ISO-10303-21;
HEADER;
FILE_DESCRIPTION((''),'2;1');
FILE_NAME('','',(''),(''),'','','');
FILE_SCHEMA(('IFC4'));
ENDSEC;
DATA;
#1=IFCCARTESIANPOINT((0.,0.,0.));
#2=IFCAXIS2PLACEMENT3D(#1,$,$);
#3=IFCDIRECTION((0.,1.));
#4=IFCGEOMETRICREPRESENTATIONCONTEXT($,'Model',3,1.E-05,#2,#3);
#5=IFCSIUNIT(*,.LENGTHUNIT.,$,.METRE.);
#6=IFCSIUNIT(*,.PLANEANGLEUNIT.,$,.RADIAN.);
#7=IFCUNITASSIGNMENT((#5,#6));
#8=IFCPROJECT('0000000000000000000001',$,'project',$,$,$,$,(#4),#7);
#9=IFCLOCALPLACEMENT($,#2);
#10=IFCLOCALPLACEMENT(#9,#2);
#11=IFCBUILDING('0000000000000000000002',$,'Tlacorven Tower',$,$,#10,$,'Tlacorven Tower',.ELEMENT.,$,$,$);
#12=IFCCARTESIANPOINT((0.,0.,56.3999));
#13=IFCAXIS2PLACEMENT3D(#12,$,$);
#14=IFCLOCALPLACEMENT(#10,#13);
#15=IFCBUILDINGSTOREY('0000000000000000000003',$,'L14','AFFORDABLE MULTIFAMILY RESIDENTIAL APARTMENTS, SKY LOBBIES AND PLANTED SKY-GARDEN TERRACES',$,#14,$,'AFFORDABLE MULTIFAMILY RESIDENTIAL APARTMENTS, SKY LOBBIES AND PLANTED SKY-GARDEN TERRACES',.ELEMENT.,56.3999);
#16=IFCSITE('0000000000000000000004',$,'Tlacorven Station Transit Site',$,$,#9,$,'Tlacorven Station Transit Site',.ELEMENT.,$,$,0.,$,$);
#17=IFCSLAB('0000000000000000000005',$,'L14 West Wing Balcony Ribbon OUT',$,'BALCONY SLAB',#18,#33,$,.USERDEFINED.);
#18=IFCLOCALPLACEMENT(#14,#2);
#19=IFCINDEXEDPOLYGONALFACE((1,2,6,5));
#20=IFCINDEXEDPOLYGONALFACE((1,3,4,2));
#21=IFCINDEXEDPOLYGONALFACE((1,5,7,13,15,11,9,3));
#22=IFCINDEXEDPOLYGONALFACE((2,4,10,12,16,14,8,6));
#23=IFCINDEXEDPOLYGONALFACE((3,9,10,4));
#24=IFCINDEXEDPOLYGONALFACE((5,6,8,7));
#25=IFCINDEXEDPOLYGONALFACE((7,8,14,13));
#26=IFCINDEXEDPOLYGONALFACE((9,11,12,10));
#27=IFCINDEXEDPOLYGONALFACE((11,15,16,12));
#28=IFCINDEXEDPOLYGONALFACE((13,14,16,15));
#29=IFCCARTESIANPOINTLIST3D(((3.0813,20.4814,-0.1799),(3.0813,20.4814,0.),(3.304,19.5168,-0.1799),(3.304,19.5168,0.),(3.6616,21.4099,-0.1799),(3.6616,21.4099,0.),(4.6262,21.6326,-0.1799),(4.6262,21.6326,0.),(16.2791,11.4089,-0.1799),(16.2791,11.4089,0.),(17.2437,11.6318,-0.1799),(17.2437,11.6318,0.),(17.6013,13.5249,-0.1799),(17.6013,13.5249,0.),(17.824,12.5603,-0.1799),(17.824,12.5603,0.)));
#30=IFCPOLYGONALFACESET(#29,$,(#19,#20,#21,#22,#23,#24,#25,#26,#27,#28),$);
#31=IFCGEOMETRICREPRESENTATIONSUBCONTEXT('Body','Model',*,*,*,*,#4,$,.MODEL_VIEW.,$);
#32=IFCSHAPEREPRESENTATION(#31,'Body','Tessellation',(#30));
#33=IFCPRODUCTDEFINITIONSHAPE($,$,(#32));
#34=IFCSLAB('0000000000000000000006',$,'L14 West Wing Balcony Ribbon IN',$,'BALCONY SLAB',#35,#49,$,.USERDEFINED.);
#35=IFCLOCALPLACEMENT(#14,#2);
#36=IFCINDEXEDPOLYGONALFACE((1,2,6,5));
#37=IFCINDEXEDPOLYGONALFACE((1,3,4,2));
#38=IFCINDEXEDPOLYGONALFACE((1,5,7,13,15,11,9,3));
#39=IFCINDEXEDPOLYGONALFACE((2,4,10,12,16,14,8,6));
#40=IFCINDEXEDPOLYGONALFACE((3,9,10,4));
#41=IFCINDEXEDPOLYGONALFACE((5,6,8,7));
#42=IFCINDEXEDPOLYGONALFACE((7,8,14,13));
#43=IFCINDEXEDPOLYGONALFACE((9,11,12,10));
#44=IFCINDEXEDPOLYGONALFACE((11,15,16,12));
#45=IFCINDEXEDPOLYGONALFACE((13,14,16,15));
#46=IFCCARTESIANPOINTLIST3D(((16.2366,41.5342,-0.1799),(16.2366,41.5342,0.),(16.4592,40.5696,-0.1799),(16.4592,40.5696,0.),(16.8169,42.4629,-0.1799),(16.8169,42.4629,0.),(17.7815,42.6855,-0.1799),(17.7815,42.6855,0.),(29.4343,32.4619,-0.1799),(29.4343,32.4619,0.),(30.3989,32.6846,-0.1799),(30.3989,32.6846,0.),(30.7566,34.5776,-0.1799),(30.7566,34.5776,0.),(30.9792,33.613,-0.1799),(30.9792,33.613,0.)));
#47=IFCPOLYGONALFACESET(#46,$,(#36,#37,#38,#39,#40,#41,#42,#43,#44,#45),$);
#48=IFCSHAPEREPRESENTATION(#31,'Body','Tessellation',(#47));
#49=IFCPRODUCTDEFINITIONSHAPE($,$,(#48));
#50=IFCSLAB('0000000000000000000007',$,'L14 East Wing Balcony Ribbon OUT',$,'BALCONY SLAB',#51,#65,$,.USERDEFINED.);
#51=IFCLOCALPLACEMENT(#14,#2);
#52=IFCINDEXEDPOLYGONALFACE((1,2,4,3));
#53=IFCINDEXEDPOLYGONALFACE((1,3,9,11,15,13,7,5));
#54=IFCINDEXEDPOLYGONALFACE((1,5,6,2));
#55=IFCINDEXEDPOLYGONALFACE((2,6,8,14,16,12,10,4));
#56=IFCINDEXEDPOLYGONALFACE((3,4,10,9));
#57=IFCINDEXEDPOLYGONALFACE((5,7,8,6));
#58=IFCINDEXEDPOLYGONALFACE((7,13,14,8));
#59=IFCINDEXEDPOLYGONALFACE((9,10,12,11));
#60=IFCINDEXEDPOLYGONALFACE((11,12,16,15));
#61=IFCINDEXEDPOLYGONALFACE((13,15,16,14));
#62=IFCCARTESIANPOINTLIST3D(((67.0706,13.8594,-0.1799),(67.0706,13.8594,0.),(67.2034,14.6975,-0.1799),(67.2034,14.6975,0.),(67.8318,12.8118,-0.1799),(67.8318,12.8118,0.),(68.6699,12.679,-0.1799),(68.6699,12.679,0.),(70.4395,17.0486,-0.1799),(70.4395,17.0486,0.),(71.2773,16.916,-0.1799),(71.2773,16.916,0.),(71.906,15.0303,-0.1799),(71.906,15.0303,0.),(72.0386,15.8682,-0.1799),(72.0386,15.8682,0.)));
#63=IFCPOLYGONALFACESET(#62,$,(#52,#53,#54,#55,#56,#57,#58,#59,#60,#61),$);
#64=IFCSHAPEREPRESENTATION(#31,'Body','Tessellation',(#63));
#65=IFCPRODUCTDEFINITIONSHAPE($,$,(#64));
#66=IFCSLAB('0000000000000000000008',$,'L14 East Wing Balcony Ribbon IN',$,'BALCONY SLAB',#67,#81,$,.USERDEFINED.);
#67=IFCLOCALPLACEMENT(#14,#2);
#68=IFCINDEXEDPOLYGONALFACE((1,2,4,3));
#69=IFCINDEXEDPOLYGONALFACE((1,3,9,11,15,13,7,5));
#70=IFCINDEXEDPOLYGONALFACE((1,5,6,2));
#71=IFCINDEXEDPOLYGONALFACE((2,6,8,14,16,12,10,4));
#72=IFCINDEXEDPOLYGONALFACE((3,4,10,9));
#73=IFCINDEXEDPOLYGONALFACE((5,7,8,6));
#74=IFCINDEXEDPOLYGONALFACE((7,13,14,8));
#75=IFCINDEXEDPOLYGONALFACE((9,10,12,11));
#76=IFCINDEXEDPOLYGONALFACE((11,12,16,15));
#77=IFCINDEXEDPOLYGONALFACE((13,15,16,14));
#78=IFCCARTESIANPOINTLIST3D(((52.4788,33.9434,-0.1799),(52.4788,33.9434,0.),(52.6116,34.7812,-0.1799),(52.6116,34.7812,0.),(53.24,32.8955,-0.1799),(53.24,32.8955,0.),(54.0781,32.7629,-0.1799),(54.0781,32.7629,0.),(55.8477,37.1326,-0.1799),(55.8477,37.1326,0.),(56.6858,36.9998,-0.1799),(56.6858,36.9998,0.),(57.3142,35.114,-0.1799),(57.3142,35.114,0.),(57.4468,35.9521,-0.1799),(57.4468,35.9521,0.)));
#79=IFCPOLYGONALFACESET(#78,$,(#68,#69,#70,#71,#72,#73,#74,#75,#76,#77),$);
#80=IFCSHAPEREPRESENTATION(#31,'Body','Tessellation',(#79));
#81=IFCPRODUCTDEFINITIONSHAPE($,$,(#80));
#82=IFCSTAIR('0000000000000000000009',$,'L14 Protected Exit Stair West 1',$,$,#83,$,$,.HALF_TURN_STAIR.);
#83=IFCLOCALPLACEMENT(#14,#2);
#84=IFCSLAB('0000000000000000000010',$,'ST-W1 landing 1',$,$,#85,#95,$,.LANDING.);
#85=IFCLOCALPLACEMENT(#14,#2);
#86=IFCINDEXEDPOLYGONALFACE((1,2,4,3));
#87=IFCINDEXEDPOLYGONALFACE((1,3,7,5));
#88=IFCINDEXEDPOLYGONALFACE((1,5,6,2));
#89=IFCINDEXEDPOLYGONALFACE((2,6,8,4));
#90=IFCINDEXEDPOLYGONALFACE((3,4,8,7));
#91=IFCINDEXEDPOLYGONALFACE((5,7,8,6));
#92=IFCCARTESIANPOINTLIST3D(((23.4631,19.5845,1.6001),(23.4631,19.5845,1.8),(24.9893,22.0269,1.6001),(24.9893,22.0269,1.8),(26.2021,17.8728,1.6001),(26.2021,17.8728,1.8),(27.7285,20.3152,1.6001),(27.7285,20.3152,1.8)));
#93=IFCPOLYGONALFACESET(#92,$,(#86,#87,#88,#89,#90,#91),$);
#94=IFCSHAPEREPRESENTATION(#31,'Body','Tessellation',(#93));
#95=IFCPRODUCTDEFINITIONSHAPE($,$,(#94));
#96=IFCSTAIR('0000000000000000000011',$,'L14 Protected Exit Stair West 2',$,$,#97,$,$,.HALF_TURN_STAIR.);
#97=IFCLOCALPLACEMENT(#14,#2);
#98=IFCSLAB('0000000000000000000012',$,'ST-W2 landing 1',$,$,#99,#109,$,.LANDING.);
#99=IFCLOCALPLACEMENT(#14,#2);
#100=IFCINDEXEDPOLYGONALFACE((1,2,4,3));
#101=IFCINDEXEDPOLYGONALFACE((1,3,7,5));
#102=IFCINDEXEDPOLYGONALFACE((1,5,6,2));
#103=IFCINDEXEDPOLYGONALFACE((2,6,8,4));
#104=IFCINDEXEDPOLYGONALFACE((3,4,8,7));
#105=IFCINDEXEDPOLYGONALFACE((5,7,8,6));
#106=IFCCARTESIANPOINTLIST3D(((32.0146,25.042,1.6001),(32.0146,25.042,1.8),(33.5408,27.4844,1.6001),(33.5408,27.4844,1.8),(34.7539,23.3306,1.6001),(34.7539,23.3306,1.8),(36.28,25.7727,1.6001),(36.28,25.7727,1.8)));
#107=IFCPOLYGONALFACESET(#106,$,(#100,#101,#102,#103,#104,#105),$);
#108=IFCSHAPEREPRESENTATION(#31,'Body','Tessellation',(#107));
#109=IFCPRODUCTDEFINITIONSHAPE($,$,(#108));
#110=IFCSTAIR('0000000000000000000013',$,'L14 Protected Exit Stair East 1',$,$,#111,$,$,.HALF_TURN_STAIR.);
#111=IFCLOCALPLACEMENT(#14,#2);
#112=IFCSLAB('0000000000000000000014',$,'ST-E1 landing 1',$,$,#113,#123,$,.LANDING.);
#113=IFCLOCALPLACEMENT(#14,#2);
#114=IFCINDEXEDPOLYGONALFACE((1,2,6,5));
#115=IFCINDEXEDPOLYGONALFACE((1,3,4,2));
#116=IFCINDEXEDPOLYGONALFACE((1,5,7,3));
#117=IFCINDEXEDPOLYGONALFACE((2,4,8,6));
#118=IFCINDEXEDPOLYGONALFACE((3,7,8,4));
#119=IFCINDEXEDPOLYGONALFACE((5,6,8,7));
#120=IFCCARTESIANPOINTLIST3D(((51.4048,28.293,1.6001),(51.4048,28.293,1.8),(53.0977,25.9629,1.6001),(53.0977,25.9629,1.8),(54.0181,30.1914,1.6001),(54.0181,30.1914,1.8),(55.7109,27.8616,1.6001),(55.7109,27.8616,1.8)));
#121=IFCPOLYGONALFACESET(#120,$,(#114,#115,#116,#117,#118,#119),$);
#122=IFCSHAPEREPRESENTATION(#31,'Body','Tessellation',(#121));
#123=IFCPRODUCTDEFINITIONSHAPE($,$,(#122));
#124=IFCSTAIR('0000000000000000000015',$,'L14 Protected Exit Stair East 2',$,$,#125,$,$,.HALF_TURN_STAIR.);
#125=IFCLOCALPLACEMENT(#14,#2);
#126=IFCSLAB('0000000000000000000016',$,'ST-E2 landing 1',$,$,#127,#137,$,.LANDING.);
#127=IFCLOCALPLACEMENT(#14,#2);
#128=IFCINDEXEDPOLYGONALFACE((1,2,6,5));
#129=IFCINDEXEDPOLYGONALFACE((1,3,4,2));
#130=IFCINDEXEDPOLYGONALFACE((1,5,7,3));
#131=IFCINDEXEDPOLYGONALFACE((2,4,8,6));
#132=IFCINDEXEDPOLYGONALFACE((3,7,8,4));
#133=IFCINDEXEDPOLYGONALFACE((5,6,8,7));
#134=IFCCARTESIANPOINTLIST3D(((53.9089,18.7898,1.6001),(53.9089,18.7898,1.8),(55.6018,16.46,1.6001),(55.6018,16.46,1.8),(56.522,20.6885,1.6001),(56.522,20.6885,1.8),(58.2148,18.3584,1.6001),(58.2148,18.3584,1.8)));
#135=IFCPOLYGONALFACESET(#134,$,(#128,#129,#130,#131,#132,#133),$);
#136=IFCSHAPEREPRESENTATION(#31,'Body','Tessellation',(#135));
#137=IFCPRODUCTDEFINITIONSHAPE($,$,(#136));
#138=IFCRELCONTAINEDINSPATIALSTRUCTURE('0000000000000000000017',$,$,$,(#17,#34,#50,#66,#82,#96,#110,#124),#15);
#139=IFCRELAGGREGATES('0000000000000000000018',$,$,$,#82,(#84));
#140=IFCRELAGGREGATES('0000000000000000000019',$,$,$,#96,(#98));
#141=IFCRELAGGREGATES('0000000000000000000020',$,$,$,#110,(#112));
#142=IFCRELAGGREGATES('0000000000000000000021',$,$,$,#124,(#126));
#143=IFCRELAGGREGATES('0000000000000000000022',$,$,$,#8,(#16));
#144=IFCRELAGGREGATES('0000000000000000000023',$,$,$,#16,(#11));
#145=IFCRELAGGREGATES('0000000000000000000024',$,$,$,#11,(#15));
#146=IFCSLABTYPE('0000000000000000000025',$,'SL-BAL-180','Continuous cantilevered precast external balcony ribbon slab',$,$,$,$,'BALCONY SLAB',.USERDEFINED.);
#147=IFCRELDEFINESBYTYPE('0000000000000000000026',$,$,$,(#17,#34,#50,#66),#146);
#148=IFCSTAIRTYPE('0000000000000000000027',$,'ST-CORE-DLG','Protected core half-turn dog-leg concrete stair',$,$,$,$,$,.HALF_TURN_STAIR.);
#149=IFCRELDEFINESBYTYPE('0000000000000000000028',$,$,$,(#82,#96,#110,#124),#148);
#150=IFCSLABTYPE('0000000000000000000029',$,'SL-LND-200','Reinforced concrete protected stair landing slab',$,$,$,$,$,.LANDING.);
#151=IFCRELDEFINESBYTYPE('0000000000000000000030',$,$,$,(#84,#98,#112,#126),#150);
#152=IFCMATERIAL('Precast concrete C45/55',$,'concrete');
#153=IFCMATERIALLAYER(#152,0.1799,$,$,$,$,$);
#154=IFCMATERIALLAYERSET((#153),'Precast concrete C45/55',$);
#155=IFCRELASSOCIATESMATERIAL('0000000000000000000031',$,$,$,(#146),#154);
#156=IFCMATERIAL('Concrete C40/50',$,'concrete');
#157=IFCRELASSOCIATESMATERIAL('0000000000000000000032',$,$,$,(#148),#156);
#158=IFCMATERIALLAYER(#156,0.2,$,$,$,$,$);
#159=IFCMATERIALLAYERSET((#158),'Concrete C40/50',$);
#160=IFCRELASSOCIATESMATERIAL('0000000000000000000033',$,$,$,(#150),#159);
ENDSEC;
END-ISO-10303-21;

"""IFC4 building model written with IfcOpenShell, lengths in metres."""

from ifc_helpers import new_model, si_unit, direction, frame, origin, place, context, subcontext, project, spatial, polyline, outline, extrude, material, layer, layer_set, type_object, element, aggregate, save


model = new_model("IFC4")

# Units and contexts
model_context = context("Model", 3, precision=1e-05, world=origin(), true_north=direction((0.0, 1.0)))
body_context = subcontext(model_context, "Body", "Model", "MODEL_VIEW")
ifc_project = project(units=[si_unit("LENGTHUNIT", "METRE"), si_unit("PLANEANGLEUNIT", "RADIAN")], contexts=[model_context])

# Site, building, storey
site_placement = place(None, origin())
site = spatial("IfcSite", under=ifc_project, at=site_placement, Name="Tlacorven Station Transit Site", LongName="Tlacorven Station Transit Site", CompositionType="ELEMENT", RefElevation=0.0)
building_placement = place(site_placement, origin())
building = spatial("IfcBuilding", under=site, at=building_placement, Name="Tlacorven Tower", LongName="Tlacorven Tower", CompositionType="ELEMENT")
storey_placement = place(building_placement, frame((0.0, 0.0, 56.3999)))
storey = spatial("IfcBuildingStorey", under=building, at=storey_placement, Name="L14", Description="AFFORDABLE MULTIFAMILY RESIDENTIAL APARTMENTS, SKY LOBBIES AND PLANTED SKY-GARDEN TERRACES", LongName="AFFORDABLE MULTIFAMILY RESIDENTIAL APARTMENTS, SKY LOBBIES AND PLANTED SKY-GARDEN TERRACES", CompositionType="ELEMENT", Elevation=56.3999)

# Slabs
ifc_material_1 = material(Name="Precast concrete C45/55", Category="concrete")
ifc_layer_1 = layer(ifc_material_1, 0.1799)
ifc_layer_set_1 = layer_set([ifc_layer_1], Name="Precast concrete C45/55")
slab_type_1 = type_object("IfcSlabType", Name="SL-BAL-180", Description="Continuous cantilevered precast external balcony ribbon slab", ElementType="BALCONY SLAB", PredefinedType="USERDEFINED", material=ifc_layer_set_1)
slab_1_placement = place(storey_placement, frame((0.0, 0.0, -0.1799)))
element("IfcSlab", 1, at=slab_1_placement, inside=storey, type_object=slab_type_1, Name="L14 West Wing Balcony Ribbon OUT", ObjectType="BALCONY SLAB", PredefinedType="USERDEFINED", context=body_context, shape_type="SweptSolid", body=[
    extrude(outline(polyline([(17.6013, 13.5249), (4.6262, 21.6326), (3.6616, 21.4099), (3.0813, 20.4814), (3.304, 19.5168), (16.2791, 11.4089), (17.2437, 11.6318), (17.824, 12.5603), (17.6013, 13.5249)])), origin(), (0.0, 0.0, 1.0), 0.1799),
])
slab_2_placement = place(storey_placement, frame((0.0, 0.0, -0.1799)))
element("IfcSlab", 2, at=slab_2_placement, inside=storey, type_object=slab_type_1, Name="L14 West Wing Balcony Ribbon IN", ObjectType="BALCONY SLAB", PredefinedType="USERDEFINED", context=body_context, shape_type="SweptSolid", body=[
    extrude(outline(polyline([(30.7566, 34.5776), (17.7815, 42.6855), (16.8169, 42.4629), (16.2366, 41.5342), (16.4592, 40.5696), (29.4343, 32.4619), (30.3989, 32.6846), (30.9792, 33.613), (30.7566, 34.5776)])), origin(), (0.0, 0.0, 1.0), 0.1799),
])
slab_3_placement = place(storey_placement, frame((0.0, 0.0, -0.1799)))
element("IfcSlab", 3, at=slab_3_placement, inside=storey, type_object=slab_type_1, Name="L14 East Wing Balcony Ribbon OUT", ObjectType="BALCONY SLAB", PredefinedType="USERDEFINED", context=body_context, shape_type="SweptSolid", body=[
    extrude(outline(polyline([(68.6699, 12.679), (71.906, 15.0303), (72.0386, 15.8682), (71.2773, 16.916), (70.4395, 17.0486), (67.2034, 14.6975), (67.0706, 13.8594), (67.8318, 12.8118), (68.6699, 12.679)])), origin(), (0.0, 0.0, 1.0), 0.1799),
])
slab_4_placement = place(storey_placement, frame((0.0, 0.0, -0.1799)))
element("IfcSlab", 4, at=slab_4_placement, inside=storey, type_object=slab_type_1, Name="L14 East Wing Balcony Ribbon IN", ObjectType="BALCONY SLAB", PredefinedType="USERDEFINED", context=body_context, shape_type="SweptSolid", body=[
    extrude(outline(polyline([(54.0781, 32.7629), (57.3142, 35.114), (57.4468, 35.9521), (56.6858, 36.9998), (55.8477, 37.1326), (52.6116, 34.7812), (52.4788, 33.9434), (53.24, 32.8955), (54.0781, 32.7629)])), origin(), (0.0, 0.0, 1.0), 0.1799),
])

# Stairs, slabs
ifc_material_2 = material(Name="Concrete C40/50", Category="concrete")
stair_type = type_object("IfcStairType", Name="ST-CORE-DLG", Description="Protected core half-turn dog-leg concrete stair", PredefinedType="HALF_TURN_STAIR", material=ifc_material_2)
stair_1_placement = place(storey_placement, origin())
stair_1 = element("IfcStair", 5, at=stair_1_placement, inside=storey, type_object=stair_type, Name="L14 Protected Exit Stair West 1", PredefinedType="HALF_TURN_STAIR")
ifc_layer_2 = layer(ifc_material_2, 0.2)
ifc_layer_set_2 = layer_set([ifc_layer_2], Name="Concrete C40/50")
slab_type_2 = type_object("IfcSlabType", Name="SL-LND-200", Description="Reinforced concrete protected stair landing slab", PredefinedType="LANDING", material=ifc_layer_set_2)
slab_5_placement = place(storey_placement, frame((0.0, 0.0, 1.6001)))
slab_5 = element("IfcSlab", 6, at=slab_5_placement, type_object=slab_type_2, Name="ST-W1 landing 1", PredefinedType="LANDING", context=body_context, shape_type="SweptSolid", body=[
    extrude(outline(polyline([(27.7285, 20.3152), (24.9893, 22.0269), (23.4631, 19.5845), (26.2021, 17.8728), (27.7285, 20.3152)])), origin(), (0.0, 0.0, 1.0), 0.2),
])
aggregate(stair_1, [slab_5])
stair_2_placement = place(storey_placement, origin())
stair_2 = element("IfcStair", 7, at=stair_2_placement, inside=storey, type_object=stair_type, Name="L14 Protected Exit Stair West 2", PredefinedType="HALF_TURN_STAIR")
slab_6_placement = place(storey_placement, frame((0.0, 0.0, 1.6001)))
slab_6 = element("IfcSlab", 8, at=slab_6_placement, type_object=slab_type_2, Name="ST-W2 landing 1", PredefinedType="LANDING", context=body_context, shape_type="SweptSolid", body=[
    extrude(outline(polyline([(36.28, 25.7727), (33.5408, 27.4844), (32.0146, 25.042), (34.7539, 23.3306), (36.28, 25.7727)])), origin(), (0.0, 0.0, 1.0), 0.2),
])
aggregate(stair_2, [slab_6])
stair_3_placement = place(storey_placement, origin())
stair_3 = element("IfcStair", 9, at=stair_3_placement, inside=storey, type_object=stair_type, Name="L14 Protected Exit Stair East 1", PredefinedType="HALF_TURN_STAIR")
slab_7_placement = place(storey_placement, frame((0.0, 0.0, 1.6001)))
slab_7 = element("IfcSlab", 10, at=slab_7_placement, type_object=slab_type_2, Name="ST-E1 landing 1", PredefinedType="LANDING", context=body_context, shape_type="SweptSolid", body=[
    extrude(outline(polyline([(53.0977, 25.9629), (55.7109, 27.8616), (54.0181, 30.1914), (51.4048, 28.293), (53.0977, 25.9629)])), origin(), (0.0, 0.0, 1.0), 0.2),
])
aggregate(stair_3, [slab_7])
stair_4_placement = place(storey_placement, origin())
stair_4 = element("IfcStair", 11, at=stair_4_placement, inside=storey, type_object=stair_type, Name="L14 Protected Exit Stair East 2", PredefinedType="HALF_TURN_STAIR")
slab_8_placement = place(storey_placement, frame((0.0, 0.0, 1.6001)))
slab_8 = element("IfcSlab", 12, at=slab_8_placement, type_object=slab_type_2, Name="ST-E2 landing 1", PredefinedType="LANDING", context=body_context, shape_type="SweptSolid", body=[
    extrude(outline(polyline([(55.6018, 16.46), (58.2148, 18.3584), (56.522, 20.6885), (53.9089, 18.7898), (55.6018, 16.46)])), origin(), (0.0, 0.0, 1.0), 0.2),
])
aggregate(stair_4, [slab_8])

save(model, "model.ifc")
